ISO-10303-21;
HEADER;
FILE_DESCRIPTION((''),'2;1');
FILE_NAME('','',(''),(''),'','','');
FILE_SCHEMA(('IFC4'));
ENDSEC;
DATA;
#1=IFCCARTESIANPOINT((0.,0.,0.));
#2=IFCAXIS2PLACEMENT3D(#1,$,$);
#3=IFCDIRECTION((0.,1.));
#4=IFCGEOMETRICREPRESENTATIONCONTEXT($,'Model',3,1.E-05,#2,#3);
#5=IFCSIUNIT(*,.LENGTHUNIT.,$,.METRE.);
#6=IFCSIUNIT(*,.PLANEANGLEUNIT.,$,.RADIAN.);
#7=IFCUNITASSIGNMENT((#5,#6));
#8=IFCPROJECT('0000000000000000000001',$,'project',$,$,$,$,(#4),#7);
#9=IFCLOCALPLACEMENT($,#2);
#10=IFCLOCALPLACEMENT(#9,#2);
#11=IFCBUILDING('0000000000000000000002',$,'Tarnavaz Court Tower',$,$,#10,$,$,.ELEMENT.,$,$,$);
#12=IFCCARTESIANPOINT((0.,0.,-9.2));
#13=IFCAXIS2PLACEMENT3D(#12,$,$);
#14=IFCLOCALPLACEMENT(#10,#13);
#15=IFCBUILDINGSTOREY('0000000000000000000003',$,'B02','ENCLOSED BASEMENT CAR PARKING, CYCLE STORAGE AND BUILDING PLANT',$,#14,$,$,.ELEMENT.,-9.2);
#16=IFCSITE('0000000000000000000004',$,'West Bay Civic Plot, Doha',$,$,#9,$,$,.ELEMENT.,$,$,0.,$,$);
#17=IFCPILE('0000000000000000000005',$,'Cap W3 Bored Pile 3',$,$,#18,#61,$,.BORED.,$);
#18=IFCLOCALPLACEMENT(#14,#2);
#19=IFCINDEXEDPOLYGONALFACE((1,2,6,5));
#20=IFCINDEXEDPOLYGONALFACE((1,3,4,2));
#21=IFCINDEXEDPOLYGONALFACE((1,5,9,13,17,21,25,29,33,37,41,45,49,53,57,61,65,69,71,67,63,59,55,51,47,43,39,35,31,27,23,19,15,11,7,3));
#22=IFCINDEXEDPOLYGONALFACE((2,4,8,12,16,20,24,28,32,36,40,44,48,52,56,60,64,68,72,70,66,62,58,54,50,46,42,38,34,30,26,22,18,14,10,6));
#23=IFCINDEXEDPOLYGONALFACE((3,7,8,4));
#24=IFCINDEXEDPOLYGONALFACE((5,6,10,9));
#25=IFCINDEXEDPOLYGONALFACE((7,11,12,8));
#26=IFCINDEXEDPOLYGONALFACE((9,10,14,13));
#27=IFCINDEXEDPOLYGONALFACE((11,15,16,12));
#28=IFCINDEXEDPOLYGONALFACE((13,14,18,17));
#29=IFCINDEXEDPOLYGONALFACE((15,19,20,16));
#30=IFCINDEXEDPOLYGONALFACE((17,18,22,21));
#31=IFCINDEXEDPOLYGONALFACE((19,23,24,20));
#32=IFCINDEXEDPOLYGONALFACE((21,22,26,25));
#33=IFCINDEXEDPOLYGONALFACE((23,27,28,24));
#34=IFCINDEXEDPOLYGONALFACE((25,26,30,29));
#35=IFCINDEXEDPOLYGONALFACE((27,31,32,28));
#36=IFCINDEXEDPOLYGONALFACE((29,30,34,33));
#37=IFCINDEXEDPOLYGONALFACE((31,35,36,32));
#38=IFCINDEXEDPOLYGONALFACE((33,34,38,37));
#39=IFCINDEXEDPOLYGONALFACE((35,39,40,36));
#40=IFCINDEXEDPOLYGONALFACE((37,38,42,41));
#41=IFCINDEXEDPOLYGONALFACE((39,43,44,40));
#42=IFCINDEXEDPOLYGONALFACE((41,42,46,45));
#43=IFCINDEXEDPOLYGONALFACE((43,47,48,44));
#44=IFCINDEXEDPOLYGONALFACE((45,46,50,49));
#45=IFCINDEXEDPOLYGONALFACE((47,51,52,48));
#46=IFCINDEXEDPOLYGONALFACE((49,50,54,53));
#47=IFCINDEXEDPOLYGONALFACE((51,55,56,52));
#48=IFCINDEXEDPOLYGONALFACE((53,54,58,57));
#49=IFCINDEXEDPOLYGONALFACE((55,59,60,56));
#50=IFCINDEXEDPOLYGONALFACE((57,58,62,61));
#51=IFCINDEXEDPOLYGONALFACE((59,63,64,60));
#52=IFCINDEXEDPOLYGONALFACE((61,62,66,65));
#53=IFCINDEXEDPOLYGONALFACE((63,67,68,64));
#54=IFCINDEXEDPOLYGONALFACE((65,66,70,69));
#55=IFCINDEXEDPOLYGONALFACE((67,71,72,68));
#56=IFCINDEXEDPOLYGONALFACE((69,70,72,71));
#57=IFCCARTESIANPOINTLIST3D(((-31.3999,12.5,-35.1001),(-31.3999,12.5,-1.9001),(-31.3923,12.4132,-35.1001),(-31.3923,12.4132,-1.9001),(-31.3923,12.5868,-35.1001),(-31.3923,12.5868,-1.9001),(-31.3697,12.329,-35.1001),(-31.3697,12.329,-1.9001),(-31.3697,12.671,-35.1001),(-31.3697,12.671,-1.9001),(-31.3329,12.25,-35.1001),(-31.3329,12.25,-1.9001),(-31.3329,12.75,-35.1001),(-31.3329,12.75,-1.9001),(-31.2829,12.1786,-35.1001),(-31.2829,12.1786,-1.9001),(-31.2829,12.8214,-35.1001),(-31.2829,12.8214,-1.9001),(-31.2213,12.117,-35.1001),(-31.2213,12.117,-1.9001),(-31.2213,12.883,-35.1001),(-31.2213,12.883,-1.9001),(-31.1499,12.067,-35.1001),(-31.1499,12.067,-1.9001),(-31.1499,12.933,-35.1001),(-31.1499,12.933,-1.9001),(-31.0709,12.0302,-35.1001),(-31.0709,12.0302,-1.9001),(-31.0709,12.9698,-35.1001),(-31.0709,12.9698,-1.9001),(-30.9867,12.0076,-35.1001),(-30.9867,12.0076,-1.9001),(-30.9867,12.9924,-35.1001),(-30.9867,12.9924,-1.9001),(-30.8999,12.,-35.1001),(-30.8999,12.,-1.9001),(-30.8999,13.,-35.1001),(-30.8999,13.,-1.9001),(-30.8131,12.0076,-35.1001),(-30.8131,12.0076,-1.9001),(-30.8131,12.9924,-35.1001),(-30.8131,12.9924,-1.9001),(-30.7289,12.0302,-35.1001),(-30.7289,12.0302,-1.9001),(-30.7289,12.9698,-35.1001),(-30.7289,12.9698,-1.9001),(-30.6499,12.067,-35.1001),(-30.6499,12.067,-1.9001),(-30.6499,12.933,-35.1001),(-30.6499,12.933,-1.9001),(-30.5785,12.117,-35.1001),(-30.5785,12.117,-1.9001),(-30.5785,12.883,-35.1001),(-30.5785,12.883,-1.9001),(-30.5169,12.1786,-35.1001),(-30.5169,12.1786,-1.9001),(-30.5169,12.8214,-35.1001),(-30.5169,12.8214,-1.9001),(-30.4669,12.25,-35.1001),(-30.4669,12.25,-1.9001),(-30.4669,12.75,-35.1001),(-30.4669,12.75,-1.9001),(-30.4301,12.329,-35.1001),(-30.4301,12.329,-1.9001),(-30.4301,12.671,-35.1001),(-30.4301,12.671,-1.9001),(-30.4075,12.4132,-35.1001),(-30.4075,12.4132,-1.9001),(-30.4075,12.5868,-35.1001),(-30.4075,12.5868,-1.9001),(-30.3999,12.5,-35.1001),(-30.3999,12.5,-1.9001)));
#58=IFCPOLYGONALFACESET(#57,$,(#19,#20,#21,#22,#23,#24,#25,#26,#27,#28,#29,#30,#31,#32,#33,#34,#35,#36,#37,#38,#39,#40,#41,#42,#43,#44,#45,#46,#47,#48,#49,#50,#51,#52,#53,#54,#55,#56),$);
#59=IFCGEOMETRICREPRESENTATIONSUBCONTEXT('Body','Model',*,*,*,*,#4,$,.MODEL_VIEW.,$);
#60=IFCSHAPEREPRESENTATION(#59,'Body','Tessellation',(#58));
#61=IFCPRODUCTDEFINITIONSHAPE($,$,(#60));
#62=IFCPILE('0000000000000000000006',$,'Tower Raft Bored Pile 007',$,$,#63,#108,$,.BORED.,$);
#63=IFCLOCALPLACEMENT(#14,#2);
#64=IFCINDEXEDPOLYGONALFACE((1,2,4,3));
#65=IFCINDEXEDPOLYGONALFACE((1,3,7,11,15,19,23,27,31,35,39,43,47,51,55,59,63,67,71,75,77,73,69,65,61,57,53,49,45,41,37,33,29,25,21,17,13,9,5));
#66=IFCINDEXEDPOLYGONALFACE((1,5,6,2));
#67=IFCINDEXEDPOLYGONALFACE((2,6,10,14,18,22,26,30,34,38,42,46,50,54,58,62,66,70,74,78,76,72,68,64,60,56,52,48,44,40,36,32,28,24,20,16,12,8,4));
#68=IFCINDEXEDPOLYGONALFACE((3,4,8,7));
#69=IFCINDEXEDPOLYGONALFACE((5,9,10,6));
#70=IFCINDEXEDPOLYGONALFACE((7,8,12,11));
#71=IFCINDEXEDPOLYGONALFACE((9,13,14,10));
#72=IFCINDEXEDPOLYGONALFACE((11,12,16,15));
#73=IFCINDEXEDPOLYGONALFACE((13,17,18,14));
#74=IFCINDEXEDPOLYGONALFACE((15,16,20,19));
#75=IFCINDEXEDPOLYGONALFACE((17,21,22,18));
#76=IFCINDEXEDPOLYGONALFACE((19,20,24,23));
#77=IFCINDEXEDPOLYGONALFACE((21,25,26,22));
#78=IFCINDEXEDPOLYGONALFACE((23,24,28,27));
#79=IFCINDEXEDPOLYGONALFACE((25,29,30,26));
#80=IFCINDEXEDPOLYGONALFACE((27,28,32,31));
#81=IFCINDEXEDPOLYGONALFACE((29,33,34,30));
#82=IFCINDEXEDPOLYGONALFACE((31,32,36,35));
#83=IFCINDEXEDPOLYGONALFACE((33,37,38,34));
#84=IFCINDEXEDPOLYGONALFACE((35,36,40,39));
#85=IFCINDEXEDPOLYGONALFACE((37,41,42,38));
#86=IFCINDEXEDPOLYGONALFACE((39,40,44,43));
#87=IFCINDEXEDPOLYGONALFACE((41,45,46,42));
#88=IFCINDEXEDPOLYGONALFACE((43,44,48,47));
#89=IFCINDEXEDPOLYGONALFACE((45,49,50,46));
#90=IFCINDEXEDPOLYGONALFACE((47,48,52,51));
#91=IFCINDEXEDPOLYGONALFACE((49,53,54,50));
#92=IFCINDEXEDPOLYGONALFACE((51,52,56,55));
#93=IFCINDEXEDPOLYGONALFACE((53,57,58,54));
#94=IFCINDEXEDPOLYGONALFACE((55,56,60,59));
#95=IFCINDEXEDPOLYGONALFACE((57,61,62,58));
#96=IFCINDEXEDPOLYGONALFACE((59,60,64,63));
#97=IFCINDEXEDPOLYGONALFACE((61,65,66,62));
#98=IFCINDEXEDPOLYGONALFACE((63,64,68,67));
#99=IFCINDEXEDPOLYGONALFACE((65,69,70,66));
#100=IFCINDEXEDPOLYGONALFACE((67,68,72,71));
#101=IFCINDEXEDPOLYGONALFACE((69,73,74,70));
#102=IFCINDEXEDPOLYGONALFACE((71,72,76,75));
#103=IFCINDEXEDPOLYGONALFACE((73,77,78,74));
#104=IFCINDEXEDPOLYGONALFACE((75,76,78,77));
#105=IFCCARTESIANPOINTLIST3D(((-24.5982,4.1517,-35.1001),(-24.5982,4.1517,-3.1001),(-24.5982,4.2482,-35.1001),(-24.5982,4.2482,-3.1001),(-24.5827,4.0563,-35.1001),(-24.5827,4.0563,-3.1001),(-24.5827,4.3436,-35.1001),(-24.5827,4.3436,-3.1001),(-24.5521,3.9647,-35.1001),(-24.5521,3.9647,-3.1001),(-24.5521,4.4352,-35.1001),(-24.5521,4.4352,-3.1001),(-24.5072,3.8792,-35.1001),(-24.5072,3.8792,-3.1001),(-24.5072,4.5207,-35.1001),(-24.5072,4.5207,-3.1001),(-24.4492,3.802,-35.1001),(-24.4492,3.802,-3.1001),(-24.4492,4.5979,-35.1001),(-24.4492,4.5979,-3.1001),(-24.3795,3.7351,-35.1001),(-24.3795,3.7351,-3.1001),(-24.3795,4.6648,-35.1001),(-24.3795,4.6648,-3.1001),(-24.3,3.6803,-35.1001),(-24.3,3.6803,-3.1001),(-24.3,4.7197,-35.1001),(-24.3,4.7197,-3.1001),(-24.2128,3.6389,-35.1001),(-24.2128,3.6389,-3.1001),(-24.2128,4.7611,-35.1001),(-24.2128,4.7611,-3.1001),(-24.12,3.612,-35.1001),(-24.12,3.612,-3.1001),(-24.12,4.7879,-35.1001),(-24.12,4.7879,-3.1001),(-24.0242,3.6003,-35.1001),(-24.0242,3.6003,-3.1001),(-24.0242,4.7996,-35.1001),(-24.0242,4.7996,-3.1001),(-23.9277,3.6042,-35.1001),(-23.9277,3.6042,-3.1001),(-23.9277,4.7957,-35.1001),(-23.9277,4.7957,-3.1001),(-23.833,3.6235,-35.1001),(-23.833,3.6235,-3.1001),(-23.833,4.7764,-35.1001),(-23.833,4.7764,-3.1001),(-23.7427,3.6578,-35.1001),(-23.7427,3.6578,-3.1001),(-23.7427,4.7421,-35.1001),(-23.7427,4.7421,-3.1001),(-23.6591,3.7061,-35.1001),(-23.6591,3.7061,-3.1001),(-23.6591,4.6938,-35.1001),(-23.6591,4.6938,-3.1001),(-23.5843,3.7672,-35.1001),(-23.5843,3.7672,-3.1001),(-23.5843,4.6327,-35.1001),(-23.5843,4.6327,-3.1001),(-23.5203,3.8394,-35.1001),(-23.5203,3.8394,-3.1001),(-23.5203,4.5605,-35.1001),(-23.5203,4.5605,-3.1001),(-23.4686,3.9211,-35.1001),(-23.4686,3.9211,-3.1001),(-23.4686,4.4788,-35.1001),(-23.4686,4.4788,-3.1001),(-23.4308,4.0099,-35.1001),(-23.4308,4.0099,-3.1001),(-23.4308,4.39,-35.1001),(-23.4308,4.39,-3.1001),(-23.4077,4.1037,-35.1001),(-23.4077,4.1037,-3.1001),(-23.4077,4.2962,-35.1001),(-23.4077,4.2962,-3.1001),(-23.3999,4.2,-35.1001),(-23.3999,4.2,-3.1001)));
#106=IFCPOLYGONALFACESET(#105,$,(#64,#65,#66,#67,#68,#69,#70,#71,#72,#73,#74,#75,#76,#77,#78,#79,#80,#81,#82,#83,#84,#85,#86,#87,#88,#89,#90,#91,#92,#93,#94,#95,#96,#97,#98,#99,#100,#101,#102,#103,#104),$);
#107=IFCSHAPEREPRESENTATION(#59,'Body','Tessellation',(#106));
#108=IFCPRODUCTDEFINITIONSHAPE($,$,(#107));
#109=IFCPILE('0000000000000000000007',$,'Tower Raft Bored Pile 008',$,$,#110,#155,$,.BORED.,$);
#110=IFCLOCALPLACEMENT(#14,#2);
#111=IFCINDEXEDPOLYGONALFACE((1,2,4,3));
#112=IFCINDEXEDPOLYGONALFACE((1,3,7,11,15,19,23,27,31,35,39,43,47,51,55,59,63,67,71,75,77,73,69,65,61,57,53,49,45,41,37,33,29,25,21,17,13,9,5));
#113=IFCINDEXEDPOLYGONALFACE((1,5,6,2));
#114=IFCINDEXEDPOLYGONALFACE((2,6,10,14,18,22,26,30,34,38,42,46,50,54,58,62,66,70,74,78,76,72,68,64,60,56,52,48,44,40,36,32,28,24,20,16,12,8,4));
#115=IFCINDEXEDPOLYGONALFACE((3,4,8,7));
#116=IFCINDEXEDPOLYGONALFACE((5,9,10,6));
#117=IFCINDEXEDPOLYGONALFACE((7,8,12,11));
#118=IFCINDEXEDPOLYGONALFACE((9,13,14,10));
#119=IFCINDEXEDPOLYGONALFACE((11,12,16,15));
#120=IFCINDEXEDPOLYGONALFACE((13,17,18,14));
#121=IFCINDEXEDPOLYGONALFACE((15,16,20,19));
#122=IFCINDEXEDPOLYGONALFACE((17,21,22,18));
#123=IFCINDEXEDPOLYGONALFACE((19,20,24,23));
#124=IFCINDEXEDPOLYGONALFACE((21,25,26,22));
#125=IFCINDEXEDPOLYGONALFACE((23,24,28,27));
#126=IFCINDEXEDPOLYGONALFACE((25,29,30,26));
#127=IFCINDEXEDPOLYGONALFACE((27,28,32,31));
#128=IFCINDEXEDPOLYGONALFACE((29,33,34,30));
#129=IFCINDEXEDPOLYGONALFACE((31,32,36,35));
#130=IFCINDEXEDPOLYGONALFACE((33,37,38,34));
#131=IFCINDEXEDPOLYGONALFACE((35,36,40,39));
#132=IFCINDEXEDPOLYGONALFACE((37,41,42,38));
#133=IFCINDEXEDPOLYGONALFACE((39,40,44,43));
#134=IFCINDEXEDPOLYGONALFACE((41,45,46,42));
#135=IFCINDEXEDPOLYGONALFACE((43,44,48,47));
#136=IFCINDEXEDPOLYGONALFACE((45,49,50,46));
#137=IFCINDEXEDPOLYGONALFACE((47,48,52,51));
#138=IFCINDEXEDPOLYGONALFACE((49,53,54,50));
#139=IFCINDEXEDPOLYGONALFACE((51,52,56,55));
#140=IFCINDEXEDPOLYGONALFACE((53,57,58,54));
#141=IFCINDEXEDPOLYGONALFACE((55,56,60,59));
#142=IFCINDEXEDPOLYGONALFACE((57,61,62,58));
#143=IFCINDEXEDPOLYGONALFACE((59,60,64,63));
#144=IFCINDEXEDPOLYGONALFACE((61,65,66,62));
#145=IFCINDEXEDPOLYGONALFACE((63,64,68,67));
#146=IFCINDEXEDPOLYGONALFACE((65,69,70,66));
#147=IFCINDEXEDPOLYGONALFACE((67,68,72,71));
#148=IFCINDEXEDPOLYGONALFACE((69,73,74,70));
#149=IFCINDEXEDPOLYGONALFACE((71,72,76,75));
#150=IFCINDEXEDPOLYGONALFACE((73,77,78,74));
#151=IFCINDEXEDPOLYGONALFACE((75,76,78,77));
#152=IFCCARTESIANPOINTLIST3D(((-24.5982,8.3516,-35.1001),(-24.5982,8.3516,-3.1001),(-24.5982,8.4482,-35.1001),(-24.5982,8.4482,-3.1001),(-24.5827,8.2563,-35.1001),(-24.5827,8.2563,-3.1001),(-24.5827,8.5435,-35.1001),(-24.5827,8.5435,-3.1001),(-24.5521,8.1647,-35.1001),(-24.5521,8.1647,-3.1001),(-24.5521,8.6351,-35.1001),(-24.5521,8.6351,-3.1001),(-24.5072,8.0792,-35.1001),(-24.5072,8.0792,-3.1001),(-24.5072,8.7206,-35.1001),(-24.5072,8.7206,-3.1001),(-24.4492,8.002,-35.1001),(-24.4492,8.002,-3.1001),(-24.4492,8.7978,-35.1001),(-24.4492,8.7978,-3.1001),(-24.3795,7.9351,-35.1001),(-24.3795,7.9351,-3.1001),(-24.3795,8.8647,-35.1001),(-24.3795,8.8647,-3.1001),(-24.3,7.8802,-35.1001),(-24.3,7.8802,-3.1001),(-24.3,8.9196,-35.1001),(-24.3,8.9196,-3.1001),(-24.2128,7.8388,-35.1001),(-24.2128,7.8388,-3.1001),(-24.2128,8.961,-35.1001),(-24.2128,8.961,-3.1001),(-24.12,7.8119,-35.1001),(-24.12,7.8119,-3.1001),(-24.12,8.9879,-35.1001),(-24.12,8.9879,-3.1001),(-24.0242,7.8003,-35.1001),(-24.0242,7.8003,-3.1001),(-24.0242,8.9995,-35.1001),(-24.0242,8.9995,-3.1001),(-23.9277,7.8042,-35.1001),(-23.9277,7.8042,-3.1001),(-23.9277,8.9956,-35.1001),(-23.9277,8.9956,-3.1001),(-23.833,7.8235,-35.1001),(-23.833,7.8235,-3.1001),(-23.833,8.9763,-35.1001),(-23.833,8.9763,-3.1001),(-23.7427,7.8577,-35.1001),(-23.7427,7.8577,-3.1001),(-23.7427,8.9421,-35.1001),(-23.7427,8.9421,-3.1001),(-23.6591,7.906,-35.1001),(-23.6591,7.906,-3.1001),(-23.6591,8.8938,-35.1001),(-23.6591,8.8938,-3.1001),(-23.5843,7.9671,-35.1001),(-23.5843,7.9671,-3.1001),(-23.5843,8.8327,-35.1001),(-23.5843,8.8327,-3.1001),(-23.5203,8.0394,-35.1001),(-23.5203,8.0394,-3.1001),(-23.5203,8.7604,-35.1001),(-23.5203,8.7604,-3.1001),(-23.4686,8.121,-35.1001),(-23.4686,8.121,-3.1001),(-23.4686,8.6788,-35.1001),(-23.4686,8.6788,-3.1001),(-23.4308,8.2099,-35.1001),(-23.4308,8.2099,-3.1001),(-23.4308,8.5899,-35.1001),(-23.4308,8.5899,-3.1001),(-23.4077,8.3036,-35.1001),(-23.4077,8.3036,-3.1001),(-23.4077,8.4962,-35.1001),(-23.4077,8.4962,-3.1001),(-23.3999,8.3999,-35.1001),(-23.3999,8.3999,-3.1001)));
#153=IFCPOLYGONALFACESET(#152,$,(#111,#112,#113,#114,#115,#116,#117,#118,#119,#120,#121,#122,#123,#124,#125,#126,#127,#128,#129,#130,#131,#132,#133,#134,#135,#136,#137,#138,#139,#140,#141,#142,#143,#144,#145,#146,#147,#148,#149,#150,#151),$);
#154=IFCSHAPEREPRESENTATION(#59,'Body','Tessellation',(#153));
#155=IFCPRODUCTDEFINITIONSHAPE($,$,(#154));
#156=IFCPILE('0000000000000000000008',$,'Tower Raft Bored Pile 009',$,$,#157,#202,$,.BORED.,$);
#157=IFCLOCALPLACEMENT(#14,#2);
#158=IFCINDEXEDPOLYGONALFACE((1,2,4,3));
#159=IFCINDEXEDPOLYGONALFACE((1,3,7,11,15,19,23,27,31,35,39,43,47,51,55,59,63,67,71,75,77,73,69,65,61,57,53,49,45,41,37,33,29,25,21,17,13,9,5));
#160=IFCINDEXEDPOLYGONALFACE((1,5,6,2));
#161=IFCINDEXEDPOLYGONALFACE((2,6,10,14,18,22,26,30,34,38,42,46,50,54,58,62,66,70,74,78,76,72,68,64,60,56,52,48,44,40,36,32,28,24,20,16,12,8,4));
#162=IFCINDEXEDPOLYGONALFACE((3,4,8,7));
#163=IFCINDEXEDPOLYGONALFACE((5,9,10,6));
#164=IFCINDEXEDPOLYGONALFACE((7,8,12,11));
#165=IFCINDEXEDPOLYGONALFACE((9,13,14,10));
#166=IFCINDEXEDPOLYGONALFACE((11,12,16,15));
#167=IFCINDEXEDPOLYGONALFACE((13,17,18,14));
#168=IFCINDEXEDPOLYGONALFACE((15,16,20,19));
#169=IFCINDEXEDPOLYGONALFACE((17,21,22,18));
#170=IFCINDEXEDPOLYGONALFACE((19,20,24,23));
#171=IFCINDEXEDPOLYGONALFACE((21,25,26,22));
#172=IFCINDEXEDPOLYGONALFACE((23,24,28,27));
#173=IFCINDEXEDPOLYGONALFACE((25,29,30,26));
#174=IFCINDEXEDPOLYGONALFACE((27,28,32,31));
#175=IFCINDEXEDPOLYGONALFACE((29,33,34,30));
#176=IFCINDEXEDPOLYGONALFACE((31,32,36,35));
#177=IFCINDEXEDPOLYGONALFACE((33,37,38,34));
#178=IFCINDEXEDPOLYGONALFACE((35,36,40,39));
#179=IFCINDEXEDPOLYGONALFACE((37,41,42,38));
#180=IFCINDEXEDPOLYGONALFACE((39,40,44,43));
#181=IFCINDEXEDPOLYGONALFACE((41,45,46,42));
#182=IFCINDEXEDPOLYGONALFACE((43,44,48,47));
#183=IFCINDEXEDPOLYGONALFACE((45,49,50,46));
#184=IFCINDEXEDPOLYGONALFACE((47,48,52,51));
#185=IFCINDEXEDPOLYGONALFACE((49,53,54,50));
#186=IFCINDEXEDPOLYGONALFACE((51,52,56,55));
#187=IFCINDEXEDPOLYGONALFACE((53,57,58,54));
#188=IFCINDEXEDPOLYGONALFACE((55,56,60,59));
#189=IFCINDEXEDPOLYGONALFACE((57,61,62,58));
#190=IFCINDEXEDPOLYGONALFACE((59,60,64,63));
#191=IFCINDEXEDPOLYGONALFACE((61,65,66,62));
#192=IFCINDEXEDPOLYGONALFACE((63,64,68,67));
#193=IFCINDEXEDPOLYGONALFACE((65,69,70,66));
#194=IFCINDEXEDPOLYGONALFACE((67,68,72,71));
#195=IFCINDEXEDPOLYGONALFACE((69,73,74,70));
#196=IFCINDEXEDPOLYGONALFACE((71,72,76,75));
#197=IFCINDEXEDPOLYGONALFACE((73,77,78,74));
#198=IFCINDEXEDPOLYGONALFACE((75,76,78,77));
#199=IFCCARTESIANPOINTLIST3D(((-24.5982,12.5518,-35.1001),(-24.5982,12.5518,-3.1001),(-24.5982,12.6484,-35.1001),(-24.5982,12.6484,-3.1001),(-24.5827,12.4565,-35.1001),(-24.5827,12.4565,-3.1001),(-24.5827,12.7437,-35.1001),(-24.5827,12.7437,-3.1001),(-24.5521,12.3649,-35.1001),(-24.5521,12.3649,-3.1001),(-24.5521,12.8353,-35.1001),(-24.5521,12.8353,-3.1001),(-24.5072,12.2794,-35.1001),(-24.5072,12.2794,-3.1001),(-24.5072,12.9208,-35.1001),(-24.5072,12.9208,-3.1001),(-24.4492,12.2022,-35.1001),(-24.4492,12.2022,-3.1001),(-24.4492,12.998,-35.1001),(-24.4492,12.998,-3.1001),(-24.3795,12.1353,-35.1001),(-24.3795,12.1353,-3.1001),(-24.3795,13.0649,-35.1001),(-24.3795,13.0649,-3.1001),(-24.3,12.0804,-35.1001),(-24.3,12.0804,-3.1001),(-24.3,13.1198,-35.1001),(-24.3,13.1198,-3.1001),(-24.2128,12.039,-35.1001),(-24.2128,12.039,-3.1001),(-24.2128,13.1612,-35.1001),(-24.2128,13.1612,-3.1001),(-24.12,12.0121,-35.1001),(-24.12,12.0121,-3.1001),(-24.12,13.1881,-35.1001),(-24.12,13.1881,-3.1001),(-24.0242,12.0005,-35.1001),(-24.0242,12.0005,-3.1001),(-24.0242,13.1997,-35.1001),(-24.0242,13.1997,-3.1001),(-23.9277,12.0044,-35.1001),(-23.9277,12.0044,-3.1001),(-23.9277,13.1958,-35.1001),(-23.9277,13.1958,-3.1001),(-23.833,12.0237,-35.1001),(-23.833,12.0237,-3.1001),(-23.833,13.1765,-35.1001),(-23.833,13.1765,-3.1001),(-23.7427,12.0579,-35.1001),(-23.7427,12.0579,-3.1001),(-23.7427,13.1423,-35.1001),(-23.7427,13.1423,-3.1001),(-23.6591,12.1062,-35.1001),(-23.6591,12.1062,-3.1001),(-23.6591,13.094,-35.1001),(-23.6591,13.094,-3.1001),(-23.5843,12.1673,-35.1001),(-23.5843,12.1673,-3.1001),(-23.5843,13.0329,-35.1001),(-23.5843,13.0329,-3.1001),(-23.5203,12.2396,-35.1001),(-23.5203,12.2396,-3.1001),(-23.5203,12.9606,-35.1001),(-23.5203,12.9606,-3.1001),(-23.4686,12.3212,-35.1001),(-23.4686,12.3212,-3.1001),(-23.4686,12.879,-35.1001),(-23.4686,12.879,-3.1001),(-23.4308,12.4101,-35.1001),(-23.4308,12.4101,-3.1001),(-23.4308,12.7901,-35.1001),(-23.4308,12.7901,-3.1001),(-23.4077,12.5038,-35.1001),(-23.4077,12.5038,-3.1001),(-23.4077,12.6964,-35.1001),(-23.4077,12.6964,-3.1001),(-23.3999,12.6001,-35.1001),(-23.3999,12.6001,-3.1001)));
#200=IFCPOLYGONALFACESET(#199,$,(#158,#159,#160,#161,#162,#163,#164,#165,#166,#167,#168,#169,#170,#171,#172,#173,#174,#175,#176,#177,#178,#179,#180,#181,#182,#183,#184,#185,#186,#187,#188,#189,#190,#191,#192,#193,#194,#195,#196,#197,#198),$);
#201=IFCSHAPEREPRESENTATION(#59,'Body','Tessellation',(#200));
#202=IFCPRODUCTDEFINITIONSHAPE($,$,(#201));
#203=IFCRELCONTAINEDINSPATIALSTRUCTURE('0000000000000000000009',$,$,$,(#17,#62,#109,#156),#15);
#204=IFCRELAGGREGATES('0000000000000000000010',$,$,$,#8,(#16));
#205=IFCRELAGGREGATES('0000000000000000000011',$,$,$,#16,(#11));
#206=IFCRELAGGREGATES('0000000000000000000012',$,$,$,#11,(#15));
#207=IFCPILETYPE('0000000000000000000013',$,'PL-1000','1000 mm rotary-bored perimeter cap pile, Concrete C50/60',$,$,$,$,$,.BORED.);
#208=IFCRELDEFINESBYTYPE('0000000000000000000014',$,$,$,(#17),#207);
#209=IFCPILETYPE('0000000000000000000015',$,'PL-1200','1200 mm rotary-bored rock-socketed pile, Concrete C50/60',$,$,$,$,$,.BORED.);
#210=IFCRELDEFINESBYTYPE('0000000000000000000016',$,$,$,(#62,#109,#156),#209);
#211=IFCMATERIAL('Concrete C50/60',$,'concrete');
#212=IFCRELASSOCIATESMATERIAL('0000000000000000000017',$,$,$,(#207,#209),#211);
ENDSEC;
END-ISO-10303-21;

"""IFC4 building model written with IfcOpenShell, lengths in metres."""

from ifc_helpers import new_model, si_unit, direction, frame, origin, origin_2d, place, context, subcontext, project, spatial, circle, extrude, material, material_profile, profile_set, type_object, element, save


model = new_model("IFC4")

# Units and contexts
model_context = context("Model", 3, precision=1e-05, world=origin(), true_north=direction((0.0, 1.0)))
body_context = subcontext(model_context, "Body", "Model", "MODEL_VIEW")
ifc_project = project(units=[si_unit("LENGTHUNIT", "METRE"), si_unit("PLANEANGLEUNIT", "RADIAN")], contexts=[model_context])

# Site, building, storey
site_placement = place(None, origin())
site = spatial("IfcSite", under=ifc_project, at=site_placement, Name="West Bay Civic Plot, Doha", CompositionType="ELEMENT", RefElevation=0.0)
building_placement = place(site_placement, origin())
building = spatial("IfcBuilding", under=site, at=building_placement, Name="Tarnavaz Court Tower", CompositionType="ELEMENT")
storey_placement = place(building_placement, frame((0.0, 0.0, -9.2)))
storey = spatial("IfcBuildingStorey", under=building, at=storey_placement, Name="B02", Description="ENCLOSED BASEMENT CAR PARKING, CYCLE STORAGE AND BUILDING PLANT", CompositionType="ELEMENT", Elevation=-9.2)

# Shared definitions
ifc_material_1 = material(Name="Concrete C50/60", Category="concrete")

# Piles
ifc_material_profile_1 = material_profile(ifc_material_1, circle(Radius=0.5, at=origin_2d()), Name="PILE D1000")
ifc_profile_set_1 = profile_set([ifc_material_profile_1], Name="Concrete C50/60")
pile_type_1 = type_object("IfcPileType", Name="PL-1000", Description="1000 mm rotary-bored perimeter cap pile, Concrete C50/60", PredefinedType="BORED", material=ifc_profile_set_1)
for number, where, z_axis, x_axis, name in (
    (1, (-30.8999, 12.5, -1.9001), (0.0, 0.0, -1.0), (1.0, 0.0, 0.0), "Cap W3 Bored Pile 3"),
):
    element("IfcPile", number, at=place(storey_placement, frame(where, z_axis=z_axis, x_axis=x_axis)), inside=storey, type_object=pile_type_1, Name=name, PredefinedType="BORED", context=body_context, shape_type="SweptSolid", body=[
        extrude(circle(Radius=0.5, at=origin_2d()), origin(), (0.0, 0.0, 1.0), 33.2),
    ])
ifc_material_profile_2 = material_profile(ifc_material_1, circle(Radius=0.6001, at=origin_2d()), Name="PILE D1200")
ifc_profile_set_2 = profile_set([ifc_material_profile_2], Name="Concrete C50/60")
pile_type_2 = type_object("IfcPileType", Name="PL-1200", Description="1200 mm rotary-bored rock-socketed pile, Concrete C50/60", PredefinedType="BORED", material=ifc_profile_set_2)
for number, where, z_axis, x_axis, name in (
    (2, (-24.0, 4.2, -3.1001), (0.0, 0.0, -1.0), (1.0, 0.0, 0.0), "Tower Raft Bored Pile 007"),
    (3, (-24.0, 8.3999, -3.1001), (0.0, 0.0, -1.0), (1.0, 0.0, 0.0), "Tower Raft Bored Pile 008"),
    (4, (-24.0, 12.6001, -3.1001), (0.0, 0.0, -1.0), (1.0, 0.0, 0.0), "Tower Raft Bored Pile 009"),
):
    element("IfcPile", number, at=place(storey_placement, frame(where, z_axis=z_axis, x_axis=x_axis)), inside=storey, type_object=pile_type_2, Name=name, PredefinedType="BORED", context=body_context, shape_type="SweptSolid", body=[
        extrude(circle(Radius=0.6001, at=origin_2d()), origin(), (0.0, 0.0, 1.0), 32.0),
    ])

save(model, "model.ifc")
